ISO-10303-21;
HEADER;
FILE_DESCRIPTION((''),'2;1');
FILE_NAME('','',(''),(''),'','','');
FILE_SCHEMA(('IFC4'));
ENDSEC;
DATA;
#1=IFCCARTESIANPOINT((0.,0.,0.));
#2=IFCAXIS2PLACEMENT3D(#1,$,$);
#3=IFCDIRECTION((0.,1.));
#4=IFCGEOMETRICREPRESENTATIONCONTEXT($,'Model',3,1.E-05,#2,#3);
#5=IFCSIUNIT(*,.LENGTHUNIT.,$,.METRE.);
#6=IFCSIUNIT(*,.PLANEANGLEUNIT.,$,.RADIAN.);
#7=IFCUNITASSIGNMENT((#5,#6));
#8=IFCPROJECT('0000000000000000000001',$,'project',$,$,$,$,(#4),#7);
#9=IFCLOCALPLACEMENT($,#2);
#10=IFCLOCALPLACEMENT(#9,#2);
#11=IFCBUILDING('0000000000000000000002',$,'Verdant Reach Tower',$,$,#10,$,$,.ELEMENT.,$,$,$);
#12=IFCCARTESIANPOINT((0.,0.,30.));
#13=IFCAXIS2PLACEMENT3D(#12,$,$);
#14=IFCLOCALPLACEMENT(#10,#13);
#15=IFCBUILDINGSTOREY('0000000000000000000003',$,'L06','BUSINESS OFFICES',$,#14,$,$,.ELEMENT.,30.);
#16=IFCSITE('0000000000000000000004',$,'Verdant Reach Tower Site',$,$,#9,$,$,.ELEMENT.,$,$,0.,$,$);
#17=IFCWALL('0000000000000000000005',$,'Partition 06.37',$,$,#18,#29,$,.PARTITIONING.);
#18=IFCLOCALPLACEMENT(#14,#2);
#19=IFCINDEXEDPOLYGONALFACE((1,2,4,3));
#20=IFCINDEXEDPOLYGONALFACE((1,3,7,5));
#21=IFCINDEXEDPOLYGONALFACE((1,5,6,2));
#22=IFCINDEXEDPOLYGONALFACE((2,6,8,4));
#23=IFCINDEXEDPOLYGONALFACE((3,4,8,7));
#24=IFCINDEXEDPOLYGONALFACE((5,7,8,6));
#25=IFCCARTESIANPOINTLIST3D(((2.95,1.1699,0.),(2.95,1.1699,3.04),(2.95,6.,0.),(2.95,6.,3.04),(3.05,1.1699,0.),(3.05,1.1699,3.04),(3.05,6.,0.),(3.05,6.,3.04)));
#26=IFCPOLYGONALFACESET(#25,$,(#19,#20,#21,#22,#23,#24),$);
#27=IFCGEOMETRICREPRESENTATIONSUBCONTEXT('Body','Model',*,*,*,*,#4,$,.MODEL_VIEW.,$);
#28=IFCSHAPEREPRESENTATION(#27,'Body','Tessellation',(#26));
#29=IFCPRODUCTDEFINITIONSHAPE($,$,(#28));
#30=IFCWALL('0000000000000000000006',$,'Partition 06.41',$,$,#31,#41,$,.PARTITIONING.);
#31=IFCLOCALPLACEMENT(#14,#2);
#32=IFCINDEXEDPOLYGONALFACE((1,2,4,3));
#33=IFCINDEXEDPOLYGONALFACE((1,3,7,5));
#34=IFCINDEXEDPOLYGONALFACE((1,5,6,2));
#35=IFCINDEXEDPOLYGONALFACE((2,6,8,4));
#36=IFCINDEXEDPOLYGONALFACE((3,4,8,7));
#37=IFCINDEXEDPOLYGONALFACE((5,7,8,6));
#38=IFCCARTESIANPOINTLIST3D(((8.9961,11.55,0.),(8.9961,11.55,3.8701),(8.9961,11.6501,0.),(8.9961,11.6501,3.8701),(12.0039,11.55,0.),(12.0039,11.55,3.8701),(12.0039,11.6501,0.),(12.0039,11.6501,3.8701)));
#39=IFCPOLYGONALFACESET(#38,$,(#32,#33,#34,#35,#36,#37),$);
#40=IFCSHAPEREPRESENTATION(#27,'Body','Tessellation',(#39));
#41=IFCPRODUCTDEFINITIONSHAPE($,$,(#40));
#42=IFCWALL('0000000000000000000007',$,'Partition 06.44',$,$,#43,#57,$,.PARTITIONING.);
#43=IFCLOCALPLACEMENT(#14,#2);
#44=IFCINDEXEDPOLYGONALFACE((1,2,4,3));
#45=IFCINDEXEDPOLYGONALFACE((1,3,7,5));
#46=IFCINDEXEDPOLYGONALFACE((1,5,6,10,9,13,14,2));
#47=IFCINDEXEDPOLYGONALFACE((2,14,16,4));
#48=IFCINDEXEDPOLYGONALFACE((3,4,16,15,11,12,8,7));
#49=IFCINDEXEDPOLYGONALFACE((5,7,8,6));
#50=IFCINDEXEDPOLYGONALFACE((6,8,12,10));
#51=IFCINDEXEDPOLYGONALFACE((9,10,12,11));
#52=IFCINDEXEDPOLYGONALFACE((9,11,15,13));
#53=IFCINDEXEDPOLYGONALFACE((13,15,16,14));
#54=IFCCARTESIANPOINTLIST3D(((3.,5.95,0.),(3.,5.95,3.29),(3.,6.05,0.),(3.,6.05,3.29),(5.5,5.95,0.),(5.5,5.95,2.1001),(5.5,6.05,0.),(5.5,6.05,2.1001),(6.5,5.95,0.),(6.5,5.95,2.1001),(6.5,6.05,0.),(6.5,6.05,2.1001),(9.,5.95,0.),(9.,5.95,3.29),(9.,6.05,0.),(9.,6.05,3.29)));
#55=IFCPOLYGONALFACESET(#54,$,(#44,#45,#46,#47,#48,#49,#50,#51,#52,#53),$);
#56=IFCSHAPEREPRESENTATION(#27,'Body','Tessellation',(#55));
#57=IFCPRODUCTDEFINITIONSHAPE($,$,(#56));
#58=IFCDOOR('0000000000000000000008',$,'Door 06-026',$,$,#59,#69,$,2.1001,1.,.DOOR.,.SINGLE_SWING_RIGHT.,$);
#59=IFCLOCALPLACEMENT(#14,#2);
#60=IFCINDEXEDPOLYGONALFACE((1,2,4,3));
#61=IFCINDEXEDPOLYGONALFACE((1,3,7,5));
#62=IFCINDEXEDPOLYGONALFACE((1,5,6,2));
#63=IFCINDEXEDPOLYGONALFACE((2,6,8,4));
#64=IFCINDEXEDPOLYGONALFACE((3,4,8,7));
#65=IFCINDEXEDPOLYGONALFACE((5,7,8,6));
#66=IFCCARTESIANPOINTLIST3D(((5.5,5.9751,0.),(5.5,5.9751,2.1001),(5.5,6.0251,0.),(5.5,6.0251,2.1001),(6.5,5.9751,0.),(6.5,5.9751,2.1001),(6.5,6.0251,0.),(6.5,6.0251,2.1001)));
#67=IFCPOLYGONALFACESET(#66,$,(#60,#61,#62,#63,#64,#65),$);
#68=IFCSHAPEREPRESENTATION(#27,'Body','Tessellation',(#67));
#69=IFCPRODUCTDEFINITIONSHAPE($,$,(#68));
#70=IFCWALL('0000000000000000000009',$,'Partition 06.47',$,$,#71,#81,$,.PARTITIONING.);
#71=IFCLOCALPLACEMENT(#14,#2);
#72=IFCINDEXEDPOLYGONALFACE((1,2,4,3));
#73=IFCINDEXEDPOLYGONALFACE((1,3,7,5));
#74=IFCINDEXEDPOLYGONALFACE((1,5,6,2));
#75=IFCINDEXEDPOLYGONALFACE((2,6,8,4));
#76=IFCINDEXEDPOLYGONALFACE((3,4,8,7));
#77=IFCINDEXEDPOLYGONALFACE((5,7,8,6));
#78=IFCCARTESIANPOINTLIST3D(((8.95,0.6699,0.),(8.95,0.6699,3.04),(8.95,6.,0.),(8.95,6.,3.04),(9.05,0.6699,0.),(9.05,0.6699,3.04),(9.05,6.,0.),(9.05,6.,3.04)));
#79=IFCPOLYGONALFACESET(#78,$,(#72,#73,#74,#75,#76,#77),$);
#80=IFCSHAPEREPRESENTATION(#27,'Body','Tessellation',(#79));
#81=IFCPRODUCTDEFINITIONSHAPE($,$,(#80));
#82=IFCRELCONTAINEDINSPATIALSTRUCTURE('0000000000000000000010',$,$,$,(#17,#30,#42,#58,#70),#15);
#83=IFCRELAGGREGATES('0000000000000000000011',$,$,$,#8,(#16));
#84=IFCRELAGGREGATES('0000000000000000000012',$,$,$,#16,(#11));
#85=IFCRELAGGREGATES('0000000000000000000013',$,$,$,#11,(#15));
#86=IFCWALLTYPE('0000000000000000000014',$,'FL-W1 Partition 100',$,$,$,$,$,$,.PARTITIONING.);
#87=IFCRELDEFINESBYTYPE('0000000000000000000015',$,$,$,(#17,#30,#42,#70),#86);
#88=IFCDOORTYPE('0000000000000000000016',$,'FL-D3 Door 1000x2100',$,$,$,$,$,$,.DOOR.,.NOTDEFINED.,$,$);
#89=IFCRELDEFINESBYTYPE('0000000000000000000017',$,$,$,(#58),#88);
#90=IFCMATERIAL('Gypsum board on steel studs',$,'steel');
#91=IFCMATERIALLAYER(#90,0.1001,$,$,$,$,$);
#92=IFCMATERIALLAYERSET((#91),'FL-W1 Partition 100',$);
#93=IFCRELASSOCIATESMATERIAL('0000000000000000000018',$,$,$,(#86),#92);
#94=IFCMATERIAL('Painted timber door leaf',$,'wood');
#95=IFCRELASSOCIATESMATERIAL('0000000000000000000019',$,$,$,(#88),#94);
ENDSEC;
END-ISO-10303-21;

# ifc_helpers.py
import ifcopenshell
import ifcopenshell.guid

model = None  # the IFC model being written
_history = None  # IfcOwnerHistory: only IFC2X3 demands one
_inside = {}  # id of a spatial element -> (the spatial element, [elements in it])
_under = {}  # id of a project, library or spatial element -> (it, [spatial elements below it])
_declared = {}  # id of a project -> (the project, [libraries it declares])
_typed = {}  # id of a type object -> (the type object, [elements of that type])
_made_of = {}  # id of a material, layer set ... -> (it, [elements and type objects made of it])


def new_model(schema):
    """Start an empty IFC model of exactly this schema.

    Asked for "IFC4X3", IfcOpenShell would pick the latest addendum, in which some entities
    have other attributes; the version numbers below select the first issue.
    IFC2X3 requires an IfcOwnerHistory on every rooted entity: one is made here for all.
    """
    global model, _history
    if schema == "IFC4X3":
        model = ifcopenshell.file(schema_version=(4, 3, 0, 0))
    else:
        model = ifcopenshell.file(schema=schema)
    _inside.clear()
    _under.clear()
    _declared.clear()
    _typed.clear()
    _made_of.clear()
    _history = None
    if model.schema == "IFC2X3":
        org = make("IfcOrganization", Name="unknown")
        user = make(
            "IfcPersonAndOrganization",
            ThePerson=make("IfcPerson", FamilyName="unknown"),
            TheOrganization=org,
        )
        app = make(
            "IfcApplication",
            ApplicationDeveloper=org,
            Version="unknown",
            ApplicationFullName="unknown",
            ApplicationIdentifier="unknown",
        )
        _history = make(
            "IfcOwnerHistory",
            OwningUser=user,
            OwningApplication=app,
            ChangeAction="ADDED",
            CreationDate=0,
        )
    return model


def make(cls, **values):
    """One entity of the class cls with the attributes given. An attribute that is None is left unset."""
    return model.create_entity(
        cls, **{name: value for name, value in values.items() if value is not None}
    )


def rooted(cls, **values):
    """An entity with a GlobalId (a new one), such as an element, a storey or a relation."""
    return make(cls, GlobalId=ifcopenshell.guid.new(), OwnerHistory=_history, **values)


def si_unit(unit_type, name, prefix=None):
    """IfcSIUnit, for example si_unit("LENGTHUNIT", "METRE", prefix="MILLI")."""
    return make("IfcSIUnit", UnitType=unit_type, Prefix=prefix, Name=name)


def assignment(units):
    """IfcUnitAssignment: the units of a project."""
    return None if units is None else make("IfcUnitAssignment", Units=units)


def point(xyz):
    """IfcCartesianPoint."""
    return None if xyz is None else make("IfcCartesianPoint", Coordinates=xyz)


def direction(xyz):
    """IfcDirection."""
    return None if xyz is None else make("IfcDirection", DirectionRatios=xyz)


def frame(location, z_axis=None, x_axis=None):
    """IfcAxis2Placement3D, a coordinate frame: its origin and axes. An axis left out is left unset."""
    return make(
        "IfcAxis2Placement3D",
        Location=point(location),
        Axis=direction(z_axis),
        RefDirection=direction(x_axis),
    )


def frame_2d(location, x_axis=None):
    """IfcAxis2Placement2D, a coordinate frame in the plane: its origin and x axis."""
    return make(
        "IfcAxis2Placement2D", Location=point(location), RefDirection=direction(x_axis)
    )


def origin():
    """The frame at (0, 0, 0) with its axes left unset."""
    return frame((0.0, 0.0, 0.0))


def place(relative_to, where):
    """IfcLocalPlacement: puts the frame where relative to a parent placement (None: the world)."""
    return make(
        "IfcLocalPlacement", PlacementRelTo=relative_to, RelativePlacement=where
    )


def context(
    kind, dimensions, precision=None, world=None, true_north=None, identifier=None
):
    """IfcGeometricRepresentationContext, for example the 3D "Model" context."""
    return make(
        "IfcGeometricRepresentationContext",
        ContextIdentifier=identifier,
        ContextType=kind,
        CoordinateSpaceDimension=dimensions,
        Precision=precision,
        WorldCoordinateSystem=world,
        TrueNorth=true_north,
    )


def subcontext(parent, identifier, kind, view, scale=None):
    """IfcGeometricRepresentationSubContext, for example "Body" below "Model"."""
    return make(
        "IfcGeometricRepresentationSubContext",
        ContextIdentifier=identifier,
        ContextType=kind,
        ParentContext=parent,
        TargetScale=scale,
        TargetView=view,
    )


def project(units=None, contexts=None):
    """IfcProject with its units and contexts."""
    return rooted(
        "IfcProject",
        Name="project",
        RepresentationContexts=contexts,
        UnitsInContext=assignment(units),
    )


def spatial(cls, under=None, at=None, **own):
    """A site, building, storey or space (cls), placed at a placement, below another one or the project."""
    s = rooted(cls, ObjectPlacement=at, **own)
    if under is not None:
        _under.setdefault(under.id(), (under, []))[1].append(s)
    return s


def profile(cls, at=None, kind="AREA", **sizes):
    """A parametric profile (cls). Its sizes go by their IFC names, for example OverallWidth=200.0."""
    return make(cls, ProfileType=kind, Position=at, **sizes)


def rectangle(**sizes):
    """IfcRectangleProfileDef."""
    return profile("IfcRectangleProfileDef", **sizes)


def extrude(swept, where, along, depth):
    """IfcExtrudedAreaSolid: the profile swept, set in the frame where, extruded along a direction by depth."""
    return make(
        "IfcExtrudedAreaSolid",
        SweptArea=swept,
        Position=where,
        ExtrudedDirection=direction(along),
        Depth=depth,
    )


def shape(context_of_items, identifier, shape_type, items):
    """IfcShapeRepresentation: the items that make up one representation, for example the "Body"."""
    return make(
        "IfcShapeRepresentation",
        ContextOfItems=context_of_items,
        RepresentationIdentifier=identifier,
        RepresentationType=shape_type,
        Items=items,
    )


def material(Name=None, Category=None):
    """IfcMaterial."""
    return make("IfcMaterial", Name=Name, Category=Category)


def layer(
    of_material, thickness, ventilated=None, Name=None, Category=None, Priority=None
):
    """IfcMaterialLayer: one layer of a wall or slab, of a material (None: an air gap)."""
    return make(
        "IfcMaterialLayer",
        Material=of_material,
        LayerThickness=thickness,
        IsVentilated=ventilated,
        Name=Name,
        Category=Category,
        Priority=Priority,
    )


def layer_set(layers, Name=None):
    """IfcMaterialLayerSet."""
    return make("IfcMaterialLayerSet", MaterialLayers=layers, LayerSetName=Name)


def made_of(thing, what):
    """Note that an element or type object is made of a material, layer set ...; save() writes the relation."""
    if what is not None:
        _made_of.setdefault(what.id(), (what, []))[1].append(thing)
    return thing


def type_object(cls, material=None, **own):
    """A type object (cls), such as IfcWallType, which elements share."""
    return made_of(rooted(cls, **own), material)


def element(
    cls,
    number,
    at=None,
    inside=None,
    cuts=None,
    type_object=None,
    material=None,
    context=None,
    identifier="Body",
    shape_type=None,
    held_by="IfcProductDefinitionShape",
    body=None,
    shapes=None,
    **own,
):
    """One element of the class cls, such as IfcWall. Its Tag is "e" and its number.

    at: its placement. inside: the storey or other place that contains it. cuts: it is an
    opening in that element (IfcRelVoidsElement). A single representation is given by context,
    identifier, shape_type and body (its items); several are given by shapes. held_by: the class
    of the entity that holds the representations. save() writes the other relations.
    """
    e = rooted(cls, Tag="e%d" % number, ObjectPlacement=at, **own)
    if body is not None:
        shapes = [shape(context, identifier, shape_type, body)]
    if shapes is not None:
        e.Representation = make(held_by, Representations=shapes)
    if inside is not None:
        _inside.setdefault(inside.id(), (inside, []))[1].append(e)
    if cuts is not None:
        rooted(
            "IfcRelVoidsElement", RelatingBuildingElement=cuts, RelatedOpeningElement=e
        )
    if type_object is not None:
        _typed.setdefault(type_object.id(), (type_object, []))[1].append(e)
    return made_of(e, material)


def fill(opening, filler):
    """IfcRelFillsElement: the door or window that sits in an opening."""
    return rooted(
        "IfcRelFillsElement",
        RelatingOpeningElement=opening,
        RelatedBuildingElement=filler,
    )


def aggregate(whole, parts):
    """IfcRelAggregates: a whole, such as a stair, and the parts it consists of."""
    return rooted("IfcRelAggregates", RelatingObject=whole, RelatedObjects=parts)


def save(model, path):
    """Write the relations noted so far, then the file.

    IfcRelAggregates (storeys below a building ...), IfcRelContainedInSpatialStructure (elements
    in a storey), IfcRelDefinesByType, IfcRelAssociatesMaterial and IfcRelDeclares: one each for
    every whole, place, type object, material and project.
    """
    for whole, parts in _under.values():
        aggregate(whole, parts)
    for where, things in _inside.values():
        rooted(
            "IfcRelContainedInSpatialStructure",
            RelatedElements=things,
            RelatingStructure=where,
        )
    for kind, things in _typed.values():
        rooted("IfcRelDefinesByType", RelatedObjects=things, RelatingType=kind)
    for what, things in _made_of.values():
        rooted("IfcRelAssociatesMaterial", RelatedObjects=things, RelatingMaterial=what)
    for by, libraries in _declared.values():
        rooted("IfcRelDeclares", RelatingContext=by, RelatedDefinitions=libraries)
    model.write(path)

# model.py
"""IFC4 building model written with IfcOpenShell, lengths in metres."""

from ifc_helpers import new_model, si_unit, direction, frame, frame_2d, origin, place, context, subcontext, project, spatial, rectangle, extrude, material, layer, layer_set, type_object, element, fill, save


model = new_model("IFC4")

# Units and contexts
model_context = context("Model", 3, precision=1e-05, world=origin(), true_north=direction((0.0, 1.0)))
body_context = subcontext(model_context, "Body", "Model", "MODEL_VIEW")
ifc_project = project(units=[si_unit("LENGTHUNIT", "METRE"), si_unit("PLANEANGLEUNIT", "RADIAN")], contexts=[model_context])

# Site, building, storey
site_placement = place(None, origin())
site = spatial("IfcSite", under=ifc_project, at=site_placement, Name="Verdant Reach Tower Site", CompositionType="ELEMENT", RefElevation=0.0)
building_placement = place(site_placement, origin())
building = spatial("IfcBuilding", under=site, at=building_placement, Name="Verdant Reach Tower", CompositionType="ELEMENT")
storey_placement = place(building_placement, frame((0.0, 0.0, 30.0)))
storey = spatial("IfcBuildingStorey", under=building, at=storey_placement, Name="L06", Description="BUSINESS OFFICES", CompositionType="ELEMENT", Elevation=30.0)

# Shared definitions
ifc_material_1 = material(Name="Gypsum board on steel studs", Category="steel")
ifc_layer_1 = layer(ifc_material_1, 0.1001)
ifc_layer_set_1 = layer_set([ifc_layer_1], Name="FL-W1 Partition 100")
wall_type = type_object("IfcWallType", Name="FL-W1 Partition 100", PredefinedType="PARTITIONING", material=ifc_layer_set_1)

# Shared definitions
ifc_material_2 = material(Name="Painted timber door leaf", Category="wood")
door_type = type_object("IfcDoorType", Name="FL-D3 Door 1000x2100", OperationType="NOTDEFINED", PredefinedType="DOOR", material=ifc_material_2)

# Walls
wall_1_placement = place(storey_placement, frame((3.0, 1.1699, 0.0), z_axis=(0.0, 0.0, 1.0), x_axis=(0.0, 1.0, 0.0)))
element("IfcWall", 1, at=wall_1_placement, inside=storey, type_object=wall_type, Name="Partition 06.37", PredefinedType="PARTITIONING", context=body_context, shape_type="SweptSolid", body=[
    extrude(rectangle(XDim=4.8301, YDim=0.1001, at=frame_2d((2.415, 0.0))), origin(), (0.0, 0.0, 1.0), 3.04),
])
wall_2_placement = place(storey_placement, frame((8.9961, 11.6001, 0.0), z_axis=(0.0, 0.0, 1.0), x_axis=(1.0, 0.0, 0.0)))
element("IfcWall", 2, at=wall_2_placement, inside=storey, type_object=wall_type, Name="Partition 06.41", PredefinedType="PARTITIONING", context=body_context, shape_type="SweptSolid", body=[
    extrude(rectangle(XDim=3.0078, YDim=0.1001, at=frame_2d((1.5039, 0.0))), origin(), (0.0, 0.0, 1.0), 3.8701),
])

# Wall, opening, door
wall_3_placement = place(storey_placement, frame((9.0, 6.0, 0.0), z_axis=(0.0, 0.0, 1.0), x_axis=(-1.0, 0.0, 0.0)))
wall_3 = element("IfcWall", 3, at=wall_3_placement, inside=storey, type_object=wall_type, Name="Partition 06.44", PredefinedType="PARTITIONING", context=body_context, shape_type="SweptSolid", body=[
    extrude(rectangle(XDim=6.0, YDim=0.1001, at=frame_2d((3.0, 0.0))), origin(), (0.0, 0.0, 1.0), 3.29),
])
opening_1_placement = place(wall_3_placement, frame((2.5, 0.0, 0.0)))
opening_1 = element("IfcOpeningElement", 4, at=opening_1_placement, cuts=wall_3, PredefinedType="OPENING", context=body_context, shape_type="SweptSolid", body=[
    extrude(rectangle(XDim=1.0, YDim=2.1001, at=frame_2d((0.5, 1.05))), frame((0.0, 0.0601, 0.0), z_axis=(0.0, -1.0, 0.0), x_axis=(1.0, 0.0, 0.0)), (0.0, 0.0, 1.0), 0.1201),
])
door_1_placement = place(opening_1_placement, origin())
door_1 = element("IfcDoor", 5, at=door_1_placement, inside=storey, type_object=door_type, Name="Door 06-026", OperationType="SINGLE_SWING_RIGHT", OverallHeight=2.1001, OverallWidth=1.0, PredefinedType="DOOR", context=body_context, shape_type="SweptSolid", body=[
    extrude(rectangle(XDim=1.0, YDim=2.1001, at=frame_2d((0.5, 1.05))), frame((0.0, 0.0249, 0.0), z_axis=(0.0, -1.0, 0.0), x_axis=(1.0, 0.0, 0.0)), (0.0, 0.0, 1.0), 0.05),
])
fill(opening_1, door_1)

# Wall
wall_4_placement = place(storey_placement, frame((9.0, 0.6699, 0.0), z_axis=(0.0, 0.0, 1.0), x_axis=(0.0, 1.0, 0.0)))
element("IfcWall", 6, at=wall_4_placement, inside=storey, type_object=wall_type, Name="Partition 06.47", PredefinedType="PARTITIONING", context=body_context, shape_type="SweptSolid", body=[
    extrude(rectangle(XDim=5.3301, YDim=0.1001, at=frame_2d((2.665, 0.0))), origin(), (0.0, 0.0, 1.0), 3.04),
])

save(model, "model.ifc")
